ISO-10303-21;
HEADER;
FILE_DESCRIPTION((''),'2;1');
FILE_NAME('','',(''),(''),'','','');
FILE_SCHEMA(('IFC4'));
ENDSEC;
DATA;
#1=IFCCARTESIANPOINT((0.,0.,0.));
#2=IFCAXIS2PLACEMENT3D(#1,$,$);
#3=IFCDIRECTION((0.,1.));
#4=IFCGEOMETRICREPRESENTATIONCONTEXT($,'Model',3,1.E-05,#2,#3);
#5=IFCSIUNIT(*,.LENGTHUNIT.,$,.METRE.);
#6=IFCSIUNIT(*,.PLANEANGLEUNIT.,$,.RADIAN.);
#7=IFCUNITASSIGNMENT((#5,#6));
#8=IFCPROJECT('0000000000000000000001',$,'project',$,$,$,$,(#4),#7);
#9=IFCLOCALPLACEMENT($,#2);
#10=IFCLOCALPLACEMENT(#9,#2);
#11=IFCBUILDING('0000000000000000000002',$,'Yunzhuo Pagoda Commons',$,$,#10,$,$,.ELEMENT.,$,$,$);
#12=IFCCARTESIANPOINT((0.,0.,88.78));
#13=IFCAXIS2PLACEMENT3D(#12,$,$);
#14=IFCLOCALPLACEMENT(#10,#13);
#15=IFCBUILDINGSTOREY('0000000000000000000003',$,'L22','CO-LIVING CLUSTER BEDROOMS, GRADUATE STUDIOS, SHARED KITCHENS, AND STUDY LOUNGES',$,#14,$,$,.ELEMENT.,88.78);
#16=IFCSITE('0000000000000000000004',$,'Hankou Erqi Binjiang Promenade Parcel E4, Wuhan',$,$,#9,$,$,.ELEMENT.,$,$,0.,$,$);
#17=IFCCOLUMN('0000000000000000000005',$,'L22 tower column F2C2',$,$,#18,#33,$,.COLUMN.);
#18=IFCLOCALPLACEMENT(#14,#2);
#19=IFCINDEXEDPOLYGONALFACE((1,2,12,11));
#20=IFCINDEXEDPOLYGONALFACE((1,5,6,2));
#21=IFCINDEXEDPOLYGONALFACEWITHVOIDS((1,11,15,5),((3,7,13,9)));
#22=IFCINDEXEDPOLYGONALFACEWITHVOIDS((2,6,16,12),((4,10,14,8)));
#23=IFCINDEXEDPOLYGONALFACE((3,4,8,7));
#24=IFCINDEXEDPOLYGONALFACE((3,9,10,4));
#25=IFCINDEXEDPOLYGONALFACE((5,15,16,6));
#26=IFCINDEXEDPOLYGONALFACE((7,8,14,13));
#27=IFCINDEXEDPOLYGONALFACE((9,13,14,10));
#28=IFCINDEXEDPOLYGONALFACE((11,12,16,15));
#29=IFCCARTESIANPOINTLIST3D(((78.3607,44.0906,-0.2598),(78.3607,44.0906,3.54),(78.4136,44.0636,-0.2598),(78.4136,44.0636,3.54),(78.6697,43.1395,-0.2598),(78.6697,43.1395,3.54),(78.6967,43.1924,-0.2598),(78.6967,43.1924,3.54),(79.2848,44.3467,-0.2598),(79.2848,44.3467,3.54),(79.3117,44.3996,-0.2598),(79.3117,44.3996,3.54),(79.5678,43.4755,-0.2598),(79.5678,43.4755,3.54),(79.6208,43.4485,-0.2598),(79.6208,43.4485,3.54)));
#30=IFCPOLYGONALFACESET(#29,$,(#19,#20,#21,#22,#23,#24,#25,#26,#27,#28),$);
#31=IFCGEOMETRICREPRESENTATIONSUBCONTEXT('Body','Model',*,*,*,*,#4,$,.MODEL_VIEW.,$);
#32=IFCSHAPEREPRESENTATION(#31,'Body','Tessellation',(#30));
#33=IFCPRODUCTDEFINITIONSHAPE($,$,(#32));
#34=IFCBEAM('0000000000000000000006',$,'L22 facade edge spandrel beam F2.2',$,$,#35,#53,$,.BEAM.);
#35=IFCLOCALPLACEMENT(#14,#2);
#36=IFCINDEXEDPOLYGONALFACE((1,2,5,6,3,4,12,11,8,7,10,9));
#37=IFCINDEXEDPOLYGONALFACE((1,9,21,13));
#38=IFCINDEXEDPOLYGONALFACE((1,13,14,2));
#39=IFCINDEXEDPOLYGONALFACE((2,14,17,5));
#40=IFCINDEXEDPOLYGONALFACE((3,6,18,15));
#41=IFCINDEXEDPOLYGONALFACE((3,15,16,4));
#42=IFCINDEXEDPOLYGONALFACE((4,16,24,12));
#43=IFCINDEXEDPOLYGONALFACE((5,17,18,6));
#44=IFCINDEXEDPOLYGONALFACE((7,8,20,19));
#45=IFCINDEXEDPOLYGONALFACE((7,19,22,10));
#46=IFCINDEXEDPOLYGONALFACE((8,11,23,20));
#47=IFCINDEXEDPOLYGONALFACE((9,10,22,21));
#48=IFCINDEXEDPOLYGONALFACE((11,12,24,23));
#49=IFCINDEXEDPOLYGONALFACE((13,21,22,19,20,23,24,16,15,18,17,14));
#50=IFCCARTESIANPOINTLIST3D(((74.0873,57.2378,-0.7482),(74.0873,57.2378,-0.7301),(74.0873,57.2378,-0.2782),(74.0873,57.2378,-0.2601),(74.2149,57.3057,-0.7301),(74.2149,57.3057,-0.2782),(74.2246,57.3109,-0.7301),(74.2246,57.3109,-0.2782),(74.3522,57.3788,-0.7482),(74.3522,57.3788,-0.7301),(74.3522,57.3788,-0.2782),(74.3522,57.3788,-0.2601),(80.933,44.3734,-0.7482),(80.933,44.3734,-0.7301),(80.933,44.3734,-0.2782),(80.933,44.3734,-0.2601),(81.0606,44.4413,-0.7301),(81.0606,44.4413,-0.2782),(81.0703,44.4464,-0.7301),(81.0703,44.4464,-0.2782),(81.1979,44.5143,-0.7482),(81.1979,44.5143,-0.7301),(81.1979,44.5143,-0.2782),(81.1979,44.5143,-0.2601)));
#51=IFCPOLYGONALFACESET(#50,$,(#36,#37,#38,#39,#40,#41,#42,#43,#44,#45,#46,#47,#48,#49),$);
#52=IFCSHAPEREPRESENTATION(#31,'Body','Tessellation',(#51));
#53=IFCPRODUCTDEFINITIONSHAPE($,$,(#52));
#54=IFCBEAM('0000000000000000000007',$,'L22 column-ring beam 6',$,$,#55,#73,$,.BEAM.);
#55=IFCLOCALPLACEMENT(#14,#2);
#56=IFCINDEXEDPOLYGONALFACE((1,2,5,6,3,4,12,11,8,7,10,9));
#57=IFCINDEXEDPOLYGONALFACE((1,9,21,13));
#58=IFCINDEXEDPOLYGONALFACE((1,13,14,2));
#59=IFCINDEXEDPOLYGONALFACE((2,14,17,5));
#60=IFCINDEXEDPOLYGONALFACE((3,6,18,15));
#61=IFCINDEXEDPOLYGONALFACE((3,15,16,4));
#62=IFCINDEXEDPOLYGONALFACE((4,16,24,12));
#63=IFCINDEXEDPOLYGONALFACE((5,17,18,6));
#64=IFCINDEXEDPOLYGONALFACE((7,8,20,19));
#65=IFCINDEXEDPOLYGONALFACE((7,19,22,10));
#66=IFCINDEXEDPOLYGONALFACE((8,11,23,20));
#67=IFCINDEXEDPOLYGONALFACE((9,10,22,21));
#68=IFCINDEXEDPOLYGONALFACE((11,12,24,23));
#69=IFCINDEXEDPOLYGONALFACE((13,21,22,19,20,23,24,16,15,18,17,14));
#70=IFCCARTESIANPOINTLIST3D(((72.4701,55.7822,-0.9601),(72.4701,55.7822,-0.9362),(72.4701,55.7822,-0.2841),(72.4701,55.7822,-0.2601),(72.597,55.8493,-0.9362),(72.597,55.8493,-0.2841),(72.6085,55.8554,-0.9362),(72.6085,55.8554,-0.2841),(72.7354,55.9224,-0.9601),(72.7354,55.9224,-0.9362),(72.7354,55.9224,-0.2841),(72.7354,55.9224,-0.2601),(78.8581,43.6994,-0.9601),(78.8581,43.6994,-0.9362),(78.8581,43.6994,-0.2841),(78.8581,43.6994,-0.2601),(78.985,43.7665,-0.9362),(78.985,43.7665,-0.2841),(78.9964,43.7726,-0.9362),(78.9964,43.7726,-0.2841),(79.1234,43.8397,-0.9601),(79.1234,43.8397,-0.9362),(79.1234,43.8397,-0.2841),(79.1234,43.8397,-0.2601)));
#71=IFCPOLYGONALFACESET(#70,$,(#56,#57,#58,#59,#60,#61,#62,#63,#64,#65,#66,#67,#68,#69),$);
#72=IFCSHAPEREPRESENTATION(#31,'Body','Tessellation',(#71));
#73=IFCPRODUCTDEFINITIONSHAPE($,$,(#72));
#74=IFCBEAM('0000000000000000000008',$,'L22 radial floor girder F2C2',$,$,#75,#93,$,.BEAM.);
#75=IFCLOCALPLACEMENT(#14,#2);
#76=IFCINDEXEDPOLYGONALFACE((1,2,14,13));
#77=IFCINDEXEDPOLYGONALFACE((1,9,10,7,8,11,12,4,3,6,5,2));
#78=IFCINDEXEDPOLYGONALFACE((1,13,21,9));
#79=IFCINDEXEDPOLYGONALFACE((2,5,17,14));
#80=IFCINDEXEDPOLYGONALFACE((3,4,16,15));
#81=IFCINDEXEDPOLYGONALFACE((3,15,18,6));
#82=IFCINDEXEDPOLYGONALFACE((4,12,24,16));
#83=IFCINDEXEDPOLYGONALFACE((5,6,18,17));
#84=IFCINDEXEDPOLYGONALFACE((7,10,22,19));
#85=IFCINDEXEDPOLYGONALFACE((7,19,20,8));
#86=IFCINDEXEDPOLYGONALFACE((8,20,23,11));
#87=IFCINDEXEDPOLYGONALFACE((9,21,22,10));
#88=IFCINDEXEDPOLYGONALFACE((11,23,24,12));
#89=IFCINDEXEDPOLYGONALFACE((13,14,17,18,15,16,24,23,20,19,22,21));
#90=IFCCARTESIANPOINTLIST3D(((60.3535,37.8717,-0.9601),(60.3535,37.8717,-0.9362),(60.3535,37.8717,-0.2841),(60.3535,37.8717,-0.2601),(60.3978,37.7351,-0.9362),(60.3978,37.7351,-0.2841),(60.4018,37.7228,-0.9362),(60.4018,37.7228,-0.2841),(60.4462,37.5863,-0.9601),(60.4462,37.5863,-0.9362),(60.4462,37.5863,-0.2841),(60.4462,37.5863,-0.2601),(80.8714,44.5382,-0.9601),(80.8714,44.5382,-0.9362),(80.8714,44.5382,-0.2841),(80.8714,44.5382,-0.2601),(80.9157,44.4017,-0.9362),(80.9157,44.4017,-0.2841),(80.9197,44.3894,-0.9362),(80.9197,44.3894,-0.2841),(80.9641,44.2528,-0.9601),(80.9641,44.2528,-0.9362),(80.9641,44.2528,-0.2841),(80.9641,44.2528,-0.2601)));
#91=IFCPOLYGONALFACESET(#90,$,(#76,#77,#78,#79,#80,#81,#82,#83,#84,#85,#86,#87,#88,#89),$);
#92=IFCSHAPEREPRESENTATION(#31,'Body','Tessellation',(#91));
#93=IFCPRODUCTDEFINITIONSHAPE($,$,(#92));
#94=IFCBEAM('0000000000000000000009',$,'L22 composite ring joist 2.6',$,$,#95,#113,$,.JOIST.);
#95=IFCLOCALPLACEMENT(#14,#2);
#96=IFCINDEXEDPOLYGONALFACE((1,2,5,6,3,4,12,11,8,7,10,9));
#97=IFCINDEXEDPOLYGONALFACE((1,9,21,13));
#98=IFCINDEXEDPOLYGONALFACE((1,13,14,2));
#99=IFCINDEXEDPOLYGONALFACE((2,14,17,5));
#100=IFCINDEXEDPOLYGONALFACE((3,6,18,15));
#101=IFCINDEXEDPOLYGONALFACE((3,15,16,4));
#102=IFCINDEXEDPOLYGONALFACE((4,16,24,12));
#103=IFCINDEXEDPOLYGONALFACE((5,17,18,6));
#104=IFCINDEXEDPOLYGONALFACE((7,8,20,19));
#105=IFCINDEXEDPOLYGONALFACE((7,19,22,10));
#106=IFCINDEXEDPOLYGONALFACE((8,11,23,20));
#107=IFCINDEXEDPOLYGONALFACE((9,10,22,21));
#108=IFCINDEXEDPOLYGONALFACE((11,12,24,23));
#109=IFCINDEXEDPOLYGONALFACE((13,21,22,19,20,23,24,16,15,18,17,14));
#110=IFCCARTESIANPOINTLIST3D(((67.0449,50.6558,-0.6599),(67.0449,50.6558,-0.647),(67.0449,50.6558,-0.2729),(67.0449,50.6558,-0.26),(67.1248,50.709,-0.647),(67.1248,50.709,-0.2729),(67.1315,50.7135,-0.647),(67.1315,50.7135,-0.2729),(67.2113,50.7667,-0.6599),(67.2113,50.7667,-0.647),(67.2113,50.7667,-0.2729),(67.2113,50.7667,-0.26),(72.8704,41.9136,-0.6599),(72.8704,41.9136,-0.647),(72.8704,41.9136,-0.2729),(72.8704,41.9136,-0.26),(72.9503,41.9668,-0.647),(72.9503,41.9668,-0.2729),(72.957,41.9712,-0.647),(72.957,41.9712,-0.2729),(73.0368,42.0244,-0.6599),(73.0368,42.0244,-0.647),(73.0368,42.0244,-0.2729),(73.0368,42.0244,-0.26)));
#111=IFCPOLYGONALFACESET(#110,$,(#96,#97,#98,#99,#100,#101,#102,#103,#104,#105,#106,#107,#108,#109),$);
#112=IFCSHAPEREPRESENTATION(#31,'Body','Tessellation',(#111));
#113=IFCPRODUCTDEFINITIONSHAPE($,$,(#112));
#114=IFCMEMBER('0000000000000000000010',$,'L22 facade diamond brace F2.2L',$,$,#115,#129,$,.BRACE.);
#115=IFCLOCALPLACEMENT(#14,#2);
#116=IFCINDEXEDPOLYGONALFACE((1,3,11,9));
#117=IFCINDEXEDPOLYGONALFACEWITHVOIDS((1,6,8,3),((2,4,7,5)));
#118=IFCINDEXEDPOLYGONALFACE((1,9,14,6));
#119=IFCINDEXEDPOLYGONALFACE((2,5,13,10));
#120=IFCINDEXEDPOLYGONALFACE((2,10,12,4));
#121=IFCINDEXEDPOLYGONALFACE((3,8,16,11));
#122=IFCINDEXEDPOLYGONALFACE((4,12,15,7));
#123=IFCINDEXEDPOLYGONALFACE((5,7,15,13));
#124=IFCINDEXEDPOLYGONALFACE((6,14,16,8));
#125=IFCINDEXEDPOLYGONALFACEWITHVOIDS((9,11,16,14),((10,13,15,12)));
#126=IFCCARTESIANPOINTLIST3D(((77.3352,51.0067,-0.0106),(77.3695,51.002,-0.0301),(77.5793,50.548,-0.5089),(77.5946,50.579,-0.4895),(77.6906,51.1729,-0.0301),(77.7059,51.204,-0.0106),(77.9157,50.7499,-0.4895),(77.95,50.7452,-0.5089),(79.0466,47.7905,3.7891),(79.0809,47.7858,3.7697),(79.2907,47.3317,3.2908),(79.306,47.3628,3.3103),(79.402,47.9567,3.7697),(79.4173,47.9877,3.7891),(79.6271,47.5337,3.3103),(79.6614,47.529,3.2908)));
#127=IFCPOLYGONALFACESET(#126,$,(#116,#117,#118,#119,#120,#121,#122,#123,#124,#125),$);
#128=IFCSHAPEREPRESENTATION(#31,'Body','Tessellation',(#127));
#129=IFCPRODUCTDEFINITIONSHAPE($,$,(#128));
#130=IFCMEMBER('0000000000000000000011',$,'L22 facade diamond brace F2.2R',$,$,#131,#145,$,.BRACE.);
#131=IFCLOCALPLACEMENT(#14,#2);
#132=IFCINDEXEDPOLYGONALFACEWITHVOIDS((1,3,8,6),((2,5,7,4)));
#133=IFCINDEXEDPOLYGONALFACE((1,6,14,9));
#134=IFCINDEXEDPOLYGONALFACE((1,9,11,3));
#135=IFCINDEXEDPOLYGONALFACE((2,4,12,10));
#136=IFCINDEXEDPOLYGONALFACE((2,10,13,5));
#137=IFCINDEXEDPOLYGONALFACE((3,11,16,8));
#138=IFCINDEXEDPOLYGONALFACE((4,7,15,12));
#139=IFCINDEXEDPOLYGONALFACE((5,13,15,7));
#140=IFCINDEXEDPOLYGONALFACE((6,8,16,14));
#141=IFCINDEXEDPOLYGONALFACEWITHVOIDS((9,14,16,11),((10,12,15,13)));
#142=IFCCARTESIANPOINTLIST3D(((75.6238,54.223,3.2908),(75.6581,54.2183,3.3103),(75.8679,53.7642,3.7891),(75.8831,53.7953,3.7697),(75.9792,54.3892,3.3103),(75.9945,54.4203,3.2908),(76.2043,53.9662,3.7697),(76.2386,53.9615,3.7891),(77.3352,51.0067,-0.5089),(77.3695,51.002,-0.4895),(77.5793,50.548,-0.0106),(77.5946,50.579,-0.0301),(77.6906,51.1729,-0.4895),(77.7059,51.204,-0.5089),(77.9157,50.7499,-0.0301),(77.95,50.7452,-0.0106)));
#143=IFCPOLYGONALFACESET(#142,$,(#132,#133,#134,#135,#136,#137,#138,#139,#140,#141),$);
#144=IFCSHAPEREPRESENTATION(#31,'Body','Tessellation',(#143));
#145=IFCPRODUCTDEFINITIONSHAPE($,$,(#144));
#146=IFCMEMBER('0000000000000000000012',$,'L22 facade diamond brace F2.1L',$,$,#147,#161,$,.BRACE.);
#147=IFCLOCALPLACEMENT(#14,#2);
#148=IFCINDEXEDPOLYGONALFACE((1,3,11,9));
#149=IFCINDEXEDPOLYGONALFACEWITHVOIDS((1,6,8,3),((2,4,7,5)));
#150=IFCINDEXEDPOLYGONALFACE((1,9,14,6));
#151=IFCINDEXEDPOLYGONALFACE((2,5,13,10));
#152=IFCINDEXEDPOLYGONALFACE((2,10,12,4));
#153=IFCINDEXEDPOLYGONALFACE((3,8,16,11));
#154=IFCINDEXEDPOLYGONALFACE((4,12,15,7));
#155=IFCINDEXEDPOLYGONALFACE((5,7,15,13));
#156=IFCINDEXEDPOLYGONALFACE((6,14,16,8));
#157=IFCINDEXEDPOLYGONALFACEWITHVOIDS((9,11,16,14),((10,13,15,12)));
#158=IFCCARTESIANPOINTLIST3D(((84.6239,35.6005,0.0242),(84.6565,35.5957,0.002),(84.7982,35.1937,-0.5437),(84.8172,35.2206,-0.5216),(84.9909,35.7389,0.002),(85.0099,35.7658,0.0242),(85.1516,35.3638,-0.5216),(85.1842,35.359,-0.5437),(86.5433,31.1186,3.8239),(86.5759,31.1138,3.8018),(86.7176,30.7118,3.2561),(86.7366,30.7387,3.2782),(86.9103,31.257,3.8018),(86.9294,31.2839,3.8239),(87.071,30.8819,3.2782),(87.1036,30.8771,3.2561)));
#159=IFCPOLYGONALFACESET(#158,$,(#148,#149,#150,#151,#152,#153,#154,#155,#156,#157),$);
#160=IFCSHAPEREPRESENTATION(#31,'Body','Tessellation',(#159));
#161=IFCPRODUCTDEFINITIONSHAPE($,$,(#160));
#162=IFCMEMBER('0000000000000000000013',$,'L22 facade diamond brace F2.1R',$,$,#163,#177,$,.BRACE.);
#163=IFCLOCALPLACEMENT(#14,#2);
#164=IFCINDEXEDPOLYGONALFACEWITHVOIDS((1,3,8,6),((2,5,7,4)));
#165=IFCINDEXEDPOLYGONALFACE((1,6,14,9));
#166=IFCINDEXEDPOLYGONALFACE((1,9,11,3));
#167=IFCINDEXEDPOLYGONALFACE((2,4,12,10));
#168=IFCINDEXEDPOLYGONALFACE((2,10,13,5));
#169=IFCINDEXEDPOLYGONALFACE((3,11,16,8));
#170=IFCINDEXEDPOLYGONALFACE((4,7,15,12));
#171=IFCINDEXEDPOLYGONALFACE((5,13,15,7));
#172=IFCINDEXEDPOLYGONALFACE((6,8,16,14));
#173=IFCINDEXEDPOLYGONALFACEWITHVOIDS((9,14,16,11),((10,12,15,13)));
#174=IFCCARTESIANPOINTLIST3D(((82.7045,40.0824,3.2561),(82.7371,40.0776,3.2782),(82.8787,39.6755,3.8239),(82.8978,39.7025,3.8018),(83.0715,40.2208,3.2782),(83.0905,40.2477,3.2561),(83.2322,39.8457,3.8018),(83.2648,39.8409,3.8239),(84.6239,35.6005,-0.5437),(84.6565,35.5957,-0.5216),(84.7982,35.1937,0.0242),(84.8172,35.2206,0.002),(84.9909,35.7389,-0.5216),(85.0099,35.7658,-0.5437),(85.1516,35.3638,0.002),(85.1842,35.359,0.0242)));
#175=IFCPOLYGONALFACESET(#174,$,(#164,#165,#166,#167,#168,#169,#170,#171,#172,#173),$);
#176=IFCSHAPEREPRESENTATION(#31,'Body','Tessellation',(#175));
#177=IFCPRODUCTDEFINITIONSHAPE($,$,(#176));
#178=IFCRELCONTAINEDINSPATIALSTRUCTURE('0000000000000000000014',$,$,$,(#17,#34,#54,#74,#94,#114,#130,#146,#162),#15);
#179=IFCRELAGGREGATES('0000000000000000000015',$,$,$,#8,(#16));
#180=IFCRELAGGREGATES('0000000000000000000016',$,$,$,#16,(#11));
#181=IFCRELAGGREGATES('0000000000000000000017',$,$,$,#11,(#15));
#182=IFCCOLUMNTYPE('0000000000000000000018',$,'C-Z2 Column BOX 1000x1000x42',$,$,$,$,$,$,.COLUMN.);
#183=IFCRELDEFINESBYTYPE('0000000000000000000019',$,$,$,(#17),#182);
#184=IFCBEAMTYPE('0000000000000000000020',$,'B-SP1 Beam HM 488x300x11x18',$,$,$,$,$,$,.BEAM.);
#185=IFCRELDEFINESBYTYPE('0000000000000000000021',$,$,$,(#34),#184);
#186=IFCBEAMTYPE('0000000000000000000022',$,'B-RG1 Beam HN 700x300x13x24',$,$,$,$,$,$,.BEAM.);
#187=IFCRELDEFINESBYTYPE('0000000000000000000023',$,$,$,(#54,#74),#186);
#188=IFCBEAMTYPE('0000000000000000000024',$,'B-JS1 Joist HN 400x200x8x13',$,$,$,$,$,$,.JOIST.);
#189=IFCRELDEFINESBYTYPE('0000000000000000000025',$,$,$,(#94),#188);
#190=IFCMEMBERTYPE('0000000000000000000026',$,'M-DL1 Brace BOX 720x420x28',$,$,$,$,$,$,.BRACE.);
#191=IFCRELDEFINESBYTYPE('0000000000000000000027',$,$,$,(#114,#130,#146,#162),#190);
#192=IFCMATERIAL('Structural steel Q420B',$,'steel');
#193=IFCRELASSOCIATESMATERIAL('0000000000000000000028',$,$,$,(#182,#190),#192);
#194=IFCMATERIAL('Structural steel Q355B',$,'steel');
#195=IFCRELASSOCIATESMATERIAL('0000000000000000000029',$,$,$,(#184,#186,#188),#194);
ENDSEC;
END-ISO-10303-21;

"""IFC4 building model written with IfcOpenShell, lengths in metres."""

from ifc_helpers import new_model, si_unit, direction, frame, origin, origin_2d, place, context, subcontext, project, spatial, hollow_rectangle, i_section, extrude, source, transform, mapped, material, material_profile, profile_set, type_object, element, save


model = new_model("IFC4")

# Units and contexts
model_context = context("Model", 3, precision=1e-05, world=origin(), true_north=direction((0.0, 1.0)))
body_context = subcontext(model_context, "Body", "Model", "MODEL_VIEW")
ifc_project = project(units=[si_unit("LENGTHUNIT", "METRE"), si_unit("PLANEANGLEUNIT", "RADIAN")], contexts=[model_context])

# Site, building, storey
site_placement = place(None, origin())
site = spatial("IfcSite", under=ifc_project, at=site_placement, Name="Hankou Erqi Binjiang Promenade Parcel E4, Wuhan", CompositionType="ELEMENT", RefElevation=0.0)
building_placement = place(site_placement, origin())
building = spatial("IfcBuilding", under=site, at=building_placement, Name="Yunzhuo Pagoda Commons", CompositionType="ELEMENT")
storey_placement = place(building_placement, frame((0.0, 0.0, 88.78)))
storey = spatial("IfcBuildingStorey", under=building, at=storey_placement, Name="L22", Description="CO-LIVING CLUSTER BEDROOMS, GRADUATE STUDIOS, SHARED KITCHENS, AND STUDY LOUNGES", CompositionType="ELEMENT", Elevation=88.78)

# Column
ifc_material_1 = material(Name="Structural steel Q420B", Category="steel")
ifc_material_profile_1 = material_profile(ifc_material_1, hollow_rectangle(XDim=1.0, YDim=1.0, WallThickness=0.042, at=origin_2d()), Name="Structural steel Q420B")
ifc_profile_set_1 = profile_set([ifc_material_profile_1], Name="Structural steel Q420B")
column_type = type_object("IfcColumnType", Name="C-Z2 Column BOX 1000x1000x42", PredefinedType="COLUMN", material=ifc_profile_set_1)
shared_shape_1 = source(origin(), body_context, "Body", "SweptSolid", [
    extrude(hollow_rectangle(XDim=1.0, YDim=1.0, WallThickness=0.042, at=origin_2d()), origin(), (0.0, 0.0, 1.0), 3.7998),
])
column_placement = place(storey_placement, frame((78.9907, 43.7695, -0.2598), z_axis=(0.0, 0.0, 1.0), x_axis=(-0.309017, 0.951057, 0.0)))
element("IfcColumn", 1, at=column_placement, inside=storey, type_object=column_type, Name="L22 tower column F2C2", PredefinedType="COLUMN", context=body_context, shape_type="MappedRepresentation", body=[
    mapped(shared_shape_1, transform((0.0, 0.0, 0.0), scale=1.0)),
])

# Beams
ifc_material_2 = material(Name="Structural steel Q355B", Category="steel")
ifc_material_profile_2 = material_profile(ifc_material_2, i_section(OverallWidth=0.3, OverallDepth=0.488, WebThickness=0.011, FlangeThickness=0.0181, at=origin_2d()), Name="Structural steel Q355B")
ifc_profile_set_2 = profile_set([ifc_material_profile_2], Name="Structural steel Q355B")
beam_type_1 = type_object("IfcBeamType", Name="B-SP1 Beam HM 488x300x11x18", PredefinedType="BEAM", material=ifc_profile_set_2)
shared_shape_2 = source(origin(), body_context, "Body", "SweptSolid", [
    extrude(i_section(OverallWidth=0.3, OverallDepth=0.488, WebThickness=0.011, FlangeThickness=0.0181, at=origin_2d()), origin(), (0.0, 0.0, 1.0), 14.5725),
])
beam_1_placement = place(storey_placement, frame((81.0654, 44.4438, -0.5042), z_axis=(-0.469767, 0.88279, 0.0), x_axis=(-0.88279, -0.469767, 0.0)))
element("IfcBeam", 2, at=beam_1_placement, inside=storey, type_object=beam_type_1, Name="L22 facade edge spandrel beam F2.2", PredefinedType="BEAM", context=body_context, shape_type="MappedRepresentation", body=[
    mapped(shared_shape_2, transform((0.0, 0.0, 0.0), scale=1.0)),
])
ifc_material_profile_3 = material_profile(ifc_material_2, i_section(OverallWidth=0.3, OverallDepth=0.7, WebThickness=0.0129, FlangeThickness=0.0239, at=origin_2d()), Name="Structural steel Q355B")
ifc_profile_set_3 = profile_set([ifc_material_profile_3], Name="Structural steel Q355B")
beam_type_2 = type_object("IfcBeamType", Name="B-RG1 Beam HN 700x300x13x24", PredefinedType="BEAM", material=ifc_profile_set_3)
shared_shape_3 = source(origin(), body_context, "Body", "SweptSolid", [
    extrude(i_section(OverallWidth=0.3, OverallDepth=0.7, WebThickness=0.0129, FlangeThickness=0.0239, at=origin_2d()), origin(), (0.0, 0.0, 1.0), 13.6675),
])
beam_2_placement = place(storey_placement, frame((78.9907, 43.7695, -0.6101), z_axis=(-0.467384, 0.884055, 0.0), x_axis=(-0.884055, -0.467384, 0.0)))
element("IfcBeam", 3, at=beam_2_placement, inside=storey, type_object=beam_type_2, Name="L22 column-ring beam 6", PredefinedType="BEAM", context=body_context, shape_type="MappedRepresentation", body=[
    mapped(shared_shape_3, transform((0.0, 0.0, 0.0), scale=1.0)),
])
shared_shape_4 = source(origin(), body_context, "Body", "SweptSolid", [
    extrude(i_section(OverallWidth=0.3, OverallDepth=0.7, WebThickness=0.0129, FlangeThickness=0.0239, at=origin_2d()), origin(), (0.0, 0.0, 1.0), 21.5737),
])
beam_3_placement = place(storey_placement, frame((80.9177, 44.3955, -0.6101), z_axis=(-0.951058, -0.309011, 0.0), x_axis=(0.309011, -0.951058, 0.0)))
element("IfcBeam", 4, at=beam_3_placement, inside=storey, type_object=beam_type_2, Name="L22 radial floor girder F2C2", PredefinedType="BEAM", context=body_context, shape_type="MappedRepresentation", body=[
    mapped(shared_shape_4, transform((0.0, 0.0, 0.0), scale=1.0)),
])
ifc_material_profile_4 = material_profile(ifc_material_2, i_section(OverallWidth=0.2, OverallDepth=0.3999, WebThickness=0.0081, FlangeThickness=0.0129, at=origin_2d()), Name="Structural steel Q355B")
ifc_profile_set_4 = profile_set([ifc_material_profile_4], Name="Structural steel Q355B")
beam_type_3 = type_object("IfcBeamType", Name="B-JS1 Joist HN 400x200x8x13", PredefinedType="JOIST", material=ifc_profile_set_4)
shared_shape_5 = source(origin(), body_context, "Body", "SweptSolid", [
    extrude(i_section(OverallWidth=0.2, OverallDepth=0.3999, WebThickness=0.0081, FlangeThickness=0.0129, at=origin_2d()), origin(), (0.0, 0.0, 1.0), 10.5054),
])
beam_4_placement = place(storey_placement, frame((72.9536, 41.969, -0.46), z_axis=(-0.554523, 0.832168, 0.0), x_axis=(-0.832168, -0.554523, 0.0)))
element("IfcBeam", 5, at=beam_4_placement, inside=storey, type_object=beam_type_3, Name="L22 composite ring joist 2.6", PredefinedType="JOIST", context=body_context, shape_type="MappedRepresentation", body=[
    mapped(shared_shape_5, transform((0.0, 0.0, 0.0), scale=1.0)),
])

# Members
ifc_material_profile_5 = material_profile(ifc_material_1, hollow_rectangle(XDim=0.4199, YDim=0.72, WallThickness=0.0281, at=origin_2d()), Name="Structural steel Q420B")
ifc_profile_set_5 = profile_set([ifc_material_profile_5], Name="Structural steel Q420B")
member_type_1 = type_object("IfcMemberType", Name="M-DL1 Brace BOX 720x420x28", PredefinedType="BRACE", material=ifc_profile_set_5)
shared_shape_6 = source(origin(), body_context, "Body", "SweptSolid", [
    extrude(hollow_rectangle(XDim=0.4199, YDim=0.72, WallThickness=0.0281, at=origin_2d()), origin(), (0.0, 0.0, 1.0), 5.2642),
])
for number, where, z_axis, x_axis, name in (
    (6, (77.6426, 50.876, -0.2598), (0.325105, -0.610974, 0.721816), (0.882801, 0.469746, 0.0), "L22 facade diamond brace F2.2L"),
    (7, (77.6426, 50.876, -0.2598), (-0.325105, 0.610974, 0.721816), (-0.882801, -0.469746, 0.0), "L22 facade diamond brace F2.2R"),
):
    element("IfcMember", number, at=place(storey_placement, frame(where, z_axis=z_axis, x_axis=x_axis)), inside=storey, type_object=member_type_1, Name=name, PredefinedType="BRACE", context=body_context, shape_type="MappedRepresentation", body=[
        mapped(shared_shape_6, transform((0.0, 0.0, 0.0), scale=1.0)),
    ])
shared_shape_7 = source(origin(), body_context, "Body", "SweptSolid", [
    extrude(hollow_rectangle(XDim=0.4199, YDim=0.72, WallThickness=0.0281, at=origin_2d()), origin(), (0.0, 0.0, 1.0), 6.1814),
])
for number, where, z_axis, x_axis, name in (
    (8, (84.9041, 35.4797, -0.2598), (0.310515, -0.72506, 0.61471), (0.919249, 0.393678, 0.0), "L22 facade diamond brace F2.1L"),
    (9, (84.9041, 35.4797, -0.2598), (-0.310515, 0.72506, 0.61471), (-0.919249, -0.393678, 0.0), "L22 facade diamond brace F2.1R"),
):
    element("IfcMember", number, at=place(storey_placement, frame(where, z_axis=z_axis, x_axis=x_axis)), inside=storey, type_object=member_type_1, Name=name, PredefinedType="BRACE", context=body_context, shape_type="MappedRepresentation", body=[
        mapped(shared_shape_7, transform((0.0, 0.0, 0.0), scale=1.0)),
    ])

save(model, "model.ifc")
